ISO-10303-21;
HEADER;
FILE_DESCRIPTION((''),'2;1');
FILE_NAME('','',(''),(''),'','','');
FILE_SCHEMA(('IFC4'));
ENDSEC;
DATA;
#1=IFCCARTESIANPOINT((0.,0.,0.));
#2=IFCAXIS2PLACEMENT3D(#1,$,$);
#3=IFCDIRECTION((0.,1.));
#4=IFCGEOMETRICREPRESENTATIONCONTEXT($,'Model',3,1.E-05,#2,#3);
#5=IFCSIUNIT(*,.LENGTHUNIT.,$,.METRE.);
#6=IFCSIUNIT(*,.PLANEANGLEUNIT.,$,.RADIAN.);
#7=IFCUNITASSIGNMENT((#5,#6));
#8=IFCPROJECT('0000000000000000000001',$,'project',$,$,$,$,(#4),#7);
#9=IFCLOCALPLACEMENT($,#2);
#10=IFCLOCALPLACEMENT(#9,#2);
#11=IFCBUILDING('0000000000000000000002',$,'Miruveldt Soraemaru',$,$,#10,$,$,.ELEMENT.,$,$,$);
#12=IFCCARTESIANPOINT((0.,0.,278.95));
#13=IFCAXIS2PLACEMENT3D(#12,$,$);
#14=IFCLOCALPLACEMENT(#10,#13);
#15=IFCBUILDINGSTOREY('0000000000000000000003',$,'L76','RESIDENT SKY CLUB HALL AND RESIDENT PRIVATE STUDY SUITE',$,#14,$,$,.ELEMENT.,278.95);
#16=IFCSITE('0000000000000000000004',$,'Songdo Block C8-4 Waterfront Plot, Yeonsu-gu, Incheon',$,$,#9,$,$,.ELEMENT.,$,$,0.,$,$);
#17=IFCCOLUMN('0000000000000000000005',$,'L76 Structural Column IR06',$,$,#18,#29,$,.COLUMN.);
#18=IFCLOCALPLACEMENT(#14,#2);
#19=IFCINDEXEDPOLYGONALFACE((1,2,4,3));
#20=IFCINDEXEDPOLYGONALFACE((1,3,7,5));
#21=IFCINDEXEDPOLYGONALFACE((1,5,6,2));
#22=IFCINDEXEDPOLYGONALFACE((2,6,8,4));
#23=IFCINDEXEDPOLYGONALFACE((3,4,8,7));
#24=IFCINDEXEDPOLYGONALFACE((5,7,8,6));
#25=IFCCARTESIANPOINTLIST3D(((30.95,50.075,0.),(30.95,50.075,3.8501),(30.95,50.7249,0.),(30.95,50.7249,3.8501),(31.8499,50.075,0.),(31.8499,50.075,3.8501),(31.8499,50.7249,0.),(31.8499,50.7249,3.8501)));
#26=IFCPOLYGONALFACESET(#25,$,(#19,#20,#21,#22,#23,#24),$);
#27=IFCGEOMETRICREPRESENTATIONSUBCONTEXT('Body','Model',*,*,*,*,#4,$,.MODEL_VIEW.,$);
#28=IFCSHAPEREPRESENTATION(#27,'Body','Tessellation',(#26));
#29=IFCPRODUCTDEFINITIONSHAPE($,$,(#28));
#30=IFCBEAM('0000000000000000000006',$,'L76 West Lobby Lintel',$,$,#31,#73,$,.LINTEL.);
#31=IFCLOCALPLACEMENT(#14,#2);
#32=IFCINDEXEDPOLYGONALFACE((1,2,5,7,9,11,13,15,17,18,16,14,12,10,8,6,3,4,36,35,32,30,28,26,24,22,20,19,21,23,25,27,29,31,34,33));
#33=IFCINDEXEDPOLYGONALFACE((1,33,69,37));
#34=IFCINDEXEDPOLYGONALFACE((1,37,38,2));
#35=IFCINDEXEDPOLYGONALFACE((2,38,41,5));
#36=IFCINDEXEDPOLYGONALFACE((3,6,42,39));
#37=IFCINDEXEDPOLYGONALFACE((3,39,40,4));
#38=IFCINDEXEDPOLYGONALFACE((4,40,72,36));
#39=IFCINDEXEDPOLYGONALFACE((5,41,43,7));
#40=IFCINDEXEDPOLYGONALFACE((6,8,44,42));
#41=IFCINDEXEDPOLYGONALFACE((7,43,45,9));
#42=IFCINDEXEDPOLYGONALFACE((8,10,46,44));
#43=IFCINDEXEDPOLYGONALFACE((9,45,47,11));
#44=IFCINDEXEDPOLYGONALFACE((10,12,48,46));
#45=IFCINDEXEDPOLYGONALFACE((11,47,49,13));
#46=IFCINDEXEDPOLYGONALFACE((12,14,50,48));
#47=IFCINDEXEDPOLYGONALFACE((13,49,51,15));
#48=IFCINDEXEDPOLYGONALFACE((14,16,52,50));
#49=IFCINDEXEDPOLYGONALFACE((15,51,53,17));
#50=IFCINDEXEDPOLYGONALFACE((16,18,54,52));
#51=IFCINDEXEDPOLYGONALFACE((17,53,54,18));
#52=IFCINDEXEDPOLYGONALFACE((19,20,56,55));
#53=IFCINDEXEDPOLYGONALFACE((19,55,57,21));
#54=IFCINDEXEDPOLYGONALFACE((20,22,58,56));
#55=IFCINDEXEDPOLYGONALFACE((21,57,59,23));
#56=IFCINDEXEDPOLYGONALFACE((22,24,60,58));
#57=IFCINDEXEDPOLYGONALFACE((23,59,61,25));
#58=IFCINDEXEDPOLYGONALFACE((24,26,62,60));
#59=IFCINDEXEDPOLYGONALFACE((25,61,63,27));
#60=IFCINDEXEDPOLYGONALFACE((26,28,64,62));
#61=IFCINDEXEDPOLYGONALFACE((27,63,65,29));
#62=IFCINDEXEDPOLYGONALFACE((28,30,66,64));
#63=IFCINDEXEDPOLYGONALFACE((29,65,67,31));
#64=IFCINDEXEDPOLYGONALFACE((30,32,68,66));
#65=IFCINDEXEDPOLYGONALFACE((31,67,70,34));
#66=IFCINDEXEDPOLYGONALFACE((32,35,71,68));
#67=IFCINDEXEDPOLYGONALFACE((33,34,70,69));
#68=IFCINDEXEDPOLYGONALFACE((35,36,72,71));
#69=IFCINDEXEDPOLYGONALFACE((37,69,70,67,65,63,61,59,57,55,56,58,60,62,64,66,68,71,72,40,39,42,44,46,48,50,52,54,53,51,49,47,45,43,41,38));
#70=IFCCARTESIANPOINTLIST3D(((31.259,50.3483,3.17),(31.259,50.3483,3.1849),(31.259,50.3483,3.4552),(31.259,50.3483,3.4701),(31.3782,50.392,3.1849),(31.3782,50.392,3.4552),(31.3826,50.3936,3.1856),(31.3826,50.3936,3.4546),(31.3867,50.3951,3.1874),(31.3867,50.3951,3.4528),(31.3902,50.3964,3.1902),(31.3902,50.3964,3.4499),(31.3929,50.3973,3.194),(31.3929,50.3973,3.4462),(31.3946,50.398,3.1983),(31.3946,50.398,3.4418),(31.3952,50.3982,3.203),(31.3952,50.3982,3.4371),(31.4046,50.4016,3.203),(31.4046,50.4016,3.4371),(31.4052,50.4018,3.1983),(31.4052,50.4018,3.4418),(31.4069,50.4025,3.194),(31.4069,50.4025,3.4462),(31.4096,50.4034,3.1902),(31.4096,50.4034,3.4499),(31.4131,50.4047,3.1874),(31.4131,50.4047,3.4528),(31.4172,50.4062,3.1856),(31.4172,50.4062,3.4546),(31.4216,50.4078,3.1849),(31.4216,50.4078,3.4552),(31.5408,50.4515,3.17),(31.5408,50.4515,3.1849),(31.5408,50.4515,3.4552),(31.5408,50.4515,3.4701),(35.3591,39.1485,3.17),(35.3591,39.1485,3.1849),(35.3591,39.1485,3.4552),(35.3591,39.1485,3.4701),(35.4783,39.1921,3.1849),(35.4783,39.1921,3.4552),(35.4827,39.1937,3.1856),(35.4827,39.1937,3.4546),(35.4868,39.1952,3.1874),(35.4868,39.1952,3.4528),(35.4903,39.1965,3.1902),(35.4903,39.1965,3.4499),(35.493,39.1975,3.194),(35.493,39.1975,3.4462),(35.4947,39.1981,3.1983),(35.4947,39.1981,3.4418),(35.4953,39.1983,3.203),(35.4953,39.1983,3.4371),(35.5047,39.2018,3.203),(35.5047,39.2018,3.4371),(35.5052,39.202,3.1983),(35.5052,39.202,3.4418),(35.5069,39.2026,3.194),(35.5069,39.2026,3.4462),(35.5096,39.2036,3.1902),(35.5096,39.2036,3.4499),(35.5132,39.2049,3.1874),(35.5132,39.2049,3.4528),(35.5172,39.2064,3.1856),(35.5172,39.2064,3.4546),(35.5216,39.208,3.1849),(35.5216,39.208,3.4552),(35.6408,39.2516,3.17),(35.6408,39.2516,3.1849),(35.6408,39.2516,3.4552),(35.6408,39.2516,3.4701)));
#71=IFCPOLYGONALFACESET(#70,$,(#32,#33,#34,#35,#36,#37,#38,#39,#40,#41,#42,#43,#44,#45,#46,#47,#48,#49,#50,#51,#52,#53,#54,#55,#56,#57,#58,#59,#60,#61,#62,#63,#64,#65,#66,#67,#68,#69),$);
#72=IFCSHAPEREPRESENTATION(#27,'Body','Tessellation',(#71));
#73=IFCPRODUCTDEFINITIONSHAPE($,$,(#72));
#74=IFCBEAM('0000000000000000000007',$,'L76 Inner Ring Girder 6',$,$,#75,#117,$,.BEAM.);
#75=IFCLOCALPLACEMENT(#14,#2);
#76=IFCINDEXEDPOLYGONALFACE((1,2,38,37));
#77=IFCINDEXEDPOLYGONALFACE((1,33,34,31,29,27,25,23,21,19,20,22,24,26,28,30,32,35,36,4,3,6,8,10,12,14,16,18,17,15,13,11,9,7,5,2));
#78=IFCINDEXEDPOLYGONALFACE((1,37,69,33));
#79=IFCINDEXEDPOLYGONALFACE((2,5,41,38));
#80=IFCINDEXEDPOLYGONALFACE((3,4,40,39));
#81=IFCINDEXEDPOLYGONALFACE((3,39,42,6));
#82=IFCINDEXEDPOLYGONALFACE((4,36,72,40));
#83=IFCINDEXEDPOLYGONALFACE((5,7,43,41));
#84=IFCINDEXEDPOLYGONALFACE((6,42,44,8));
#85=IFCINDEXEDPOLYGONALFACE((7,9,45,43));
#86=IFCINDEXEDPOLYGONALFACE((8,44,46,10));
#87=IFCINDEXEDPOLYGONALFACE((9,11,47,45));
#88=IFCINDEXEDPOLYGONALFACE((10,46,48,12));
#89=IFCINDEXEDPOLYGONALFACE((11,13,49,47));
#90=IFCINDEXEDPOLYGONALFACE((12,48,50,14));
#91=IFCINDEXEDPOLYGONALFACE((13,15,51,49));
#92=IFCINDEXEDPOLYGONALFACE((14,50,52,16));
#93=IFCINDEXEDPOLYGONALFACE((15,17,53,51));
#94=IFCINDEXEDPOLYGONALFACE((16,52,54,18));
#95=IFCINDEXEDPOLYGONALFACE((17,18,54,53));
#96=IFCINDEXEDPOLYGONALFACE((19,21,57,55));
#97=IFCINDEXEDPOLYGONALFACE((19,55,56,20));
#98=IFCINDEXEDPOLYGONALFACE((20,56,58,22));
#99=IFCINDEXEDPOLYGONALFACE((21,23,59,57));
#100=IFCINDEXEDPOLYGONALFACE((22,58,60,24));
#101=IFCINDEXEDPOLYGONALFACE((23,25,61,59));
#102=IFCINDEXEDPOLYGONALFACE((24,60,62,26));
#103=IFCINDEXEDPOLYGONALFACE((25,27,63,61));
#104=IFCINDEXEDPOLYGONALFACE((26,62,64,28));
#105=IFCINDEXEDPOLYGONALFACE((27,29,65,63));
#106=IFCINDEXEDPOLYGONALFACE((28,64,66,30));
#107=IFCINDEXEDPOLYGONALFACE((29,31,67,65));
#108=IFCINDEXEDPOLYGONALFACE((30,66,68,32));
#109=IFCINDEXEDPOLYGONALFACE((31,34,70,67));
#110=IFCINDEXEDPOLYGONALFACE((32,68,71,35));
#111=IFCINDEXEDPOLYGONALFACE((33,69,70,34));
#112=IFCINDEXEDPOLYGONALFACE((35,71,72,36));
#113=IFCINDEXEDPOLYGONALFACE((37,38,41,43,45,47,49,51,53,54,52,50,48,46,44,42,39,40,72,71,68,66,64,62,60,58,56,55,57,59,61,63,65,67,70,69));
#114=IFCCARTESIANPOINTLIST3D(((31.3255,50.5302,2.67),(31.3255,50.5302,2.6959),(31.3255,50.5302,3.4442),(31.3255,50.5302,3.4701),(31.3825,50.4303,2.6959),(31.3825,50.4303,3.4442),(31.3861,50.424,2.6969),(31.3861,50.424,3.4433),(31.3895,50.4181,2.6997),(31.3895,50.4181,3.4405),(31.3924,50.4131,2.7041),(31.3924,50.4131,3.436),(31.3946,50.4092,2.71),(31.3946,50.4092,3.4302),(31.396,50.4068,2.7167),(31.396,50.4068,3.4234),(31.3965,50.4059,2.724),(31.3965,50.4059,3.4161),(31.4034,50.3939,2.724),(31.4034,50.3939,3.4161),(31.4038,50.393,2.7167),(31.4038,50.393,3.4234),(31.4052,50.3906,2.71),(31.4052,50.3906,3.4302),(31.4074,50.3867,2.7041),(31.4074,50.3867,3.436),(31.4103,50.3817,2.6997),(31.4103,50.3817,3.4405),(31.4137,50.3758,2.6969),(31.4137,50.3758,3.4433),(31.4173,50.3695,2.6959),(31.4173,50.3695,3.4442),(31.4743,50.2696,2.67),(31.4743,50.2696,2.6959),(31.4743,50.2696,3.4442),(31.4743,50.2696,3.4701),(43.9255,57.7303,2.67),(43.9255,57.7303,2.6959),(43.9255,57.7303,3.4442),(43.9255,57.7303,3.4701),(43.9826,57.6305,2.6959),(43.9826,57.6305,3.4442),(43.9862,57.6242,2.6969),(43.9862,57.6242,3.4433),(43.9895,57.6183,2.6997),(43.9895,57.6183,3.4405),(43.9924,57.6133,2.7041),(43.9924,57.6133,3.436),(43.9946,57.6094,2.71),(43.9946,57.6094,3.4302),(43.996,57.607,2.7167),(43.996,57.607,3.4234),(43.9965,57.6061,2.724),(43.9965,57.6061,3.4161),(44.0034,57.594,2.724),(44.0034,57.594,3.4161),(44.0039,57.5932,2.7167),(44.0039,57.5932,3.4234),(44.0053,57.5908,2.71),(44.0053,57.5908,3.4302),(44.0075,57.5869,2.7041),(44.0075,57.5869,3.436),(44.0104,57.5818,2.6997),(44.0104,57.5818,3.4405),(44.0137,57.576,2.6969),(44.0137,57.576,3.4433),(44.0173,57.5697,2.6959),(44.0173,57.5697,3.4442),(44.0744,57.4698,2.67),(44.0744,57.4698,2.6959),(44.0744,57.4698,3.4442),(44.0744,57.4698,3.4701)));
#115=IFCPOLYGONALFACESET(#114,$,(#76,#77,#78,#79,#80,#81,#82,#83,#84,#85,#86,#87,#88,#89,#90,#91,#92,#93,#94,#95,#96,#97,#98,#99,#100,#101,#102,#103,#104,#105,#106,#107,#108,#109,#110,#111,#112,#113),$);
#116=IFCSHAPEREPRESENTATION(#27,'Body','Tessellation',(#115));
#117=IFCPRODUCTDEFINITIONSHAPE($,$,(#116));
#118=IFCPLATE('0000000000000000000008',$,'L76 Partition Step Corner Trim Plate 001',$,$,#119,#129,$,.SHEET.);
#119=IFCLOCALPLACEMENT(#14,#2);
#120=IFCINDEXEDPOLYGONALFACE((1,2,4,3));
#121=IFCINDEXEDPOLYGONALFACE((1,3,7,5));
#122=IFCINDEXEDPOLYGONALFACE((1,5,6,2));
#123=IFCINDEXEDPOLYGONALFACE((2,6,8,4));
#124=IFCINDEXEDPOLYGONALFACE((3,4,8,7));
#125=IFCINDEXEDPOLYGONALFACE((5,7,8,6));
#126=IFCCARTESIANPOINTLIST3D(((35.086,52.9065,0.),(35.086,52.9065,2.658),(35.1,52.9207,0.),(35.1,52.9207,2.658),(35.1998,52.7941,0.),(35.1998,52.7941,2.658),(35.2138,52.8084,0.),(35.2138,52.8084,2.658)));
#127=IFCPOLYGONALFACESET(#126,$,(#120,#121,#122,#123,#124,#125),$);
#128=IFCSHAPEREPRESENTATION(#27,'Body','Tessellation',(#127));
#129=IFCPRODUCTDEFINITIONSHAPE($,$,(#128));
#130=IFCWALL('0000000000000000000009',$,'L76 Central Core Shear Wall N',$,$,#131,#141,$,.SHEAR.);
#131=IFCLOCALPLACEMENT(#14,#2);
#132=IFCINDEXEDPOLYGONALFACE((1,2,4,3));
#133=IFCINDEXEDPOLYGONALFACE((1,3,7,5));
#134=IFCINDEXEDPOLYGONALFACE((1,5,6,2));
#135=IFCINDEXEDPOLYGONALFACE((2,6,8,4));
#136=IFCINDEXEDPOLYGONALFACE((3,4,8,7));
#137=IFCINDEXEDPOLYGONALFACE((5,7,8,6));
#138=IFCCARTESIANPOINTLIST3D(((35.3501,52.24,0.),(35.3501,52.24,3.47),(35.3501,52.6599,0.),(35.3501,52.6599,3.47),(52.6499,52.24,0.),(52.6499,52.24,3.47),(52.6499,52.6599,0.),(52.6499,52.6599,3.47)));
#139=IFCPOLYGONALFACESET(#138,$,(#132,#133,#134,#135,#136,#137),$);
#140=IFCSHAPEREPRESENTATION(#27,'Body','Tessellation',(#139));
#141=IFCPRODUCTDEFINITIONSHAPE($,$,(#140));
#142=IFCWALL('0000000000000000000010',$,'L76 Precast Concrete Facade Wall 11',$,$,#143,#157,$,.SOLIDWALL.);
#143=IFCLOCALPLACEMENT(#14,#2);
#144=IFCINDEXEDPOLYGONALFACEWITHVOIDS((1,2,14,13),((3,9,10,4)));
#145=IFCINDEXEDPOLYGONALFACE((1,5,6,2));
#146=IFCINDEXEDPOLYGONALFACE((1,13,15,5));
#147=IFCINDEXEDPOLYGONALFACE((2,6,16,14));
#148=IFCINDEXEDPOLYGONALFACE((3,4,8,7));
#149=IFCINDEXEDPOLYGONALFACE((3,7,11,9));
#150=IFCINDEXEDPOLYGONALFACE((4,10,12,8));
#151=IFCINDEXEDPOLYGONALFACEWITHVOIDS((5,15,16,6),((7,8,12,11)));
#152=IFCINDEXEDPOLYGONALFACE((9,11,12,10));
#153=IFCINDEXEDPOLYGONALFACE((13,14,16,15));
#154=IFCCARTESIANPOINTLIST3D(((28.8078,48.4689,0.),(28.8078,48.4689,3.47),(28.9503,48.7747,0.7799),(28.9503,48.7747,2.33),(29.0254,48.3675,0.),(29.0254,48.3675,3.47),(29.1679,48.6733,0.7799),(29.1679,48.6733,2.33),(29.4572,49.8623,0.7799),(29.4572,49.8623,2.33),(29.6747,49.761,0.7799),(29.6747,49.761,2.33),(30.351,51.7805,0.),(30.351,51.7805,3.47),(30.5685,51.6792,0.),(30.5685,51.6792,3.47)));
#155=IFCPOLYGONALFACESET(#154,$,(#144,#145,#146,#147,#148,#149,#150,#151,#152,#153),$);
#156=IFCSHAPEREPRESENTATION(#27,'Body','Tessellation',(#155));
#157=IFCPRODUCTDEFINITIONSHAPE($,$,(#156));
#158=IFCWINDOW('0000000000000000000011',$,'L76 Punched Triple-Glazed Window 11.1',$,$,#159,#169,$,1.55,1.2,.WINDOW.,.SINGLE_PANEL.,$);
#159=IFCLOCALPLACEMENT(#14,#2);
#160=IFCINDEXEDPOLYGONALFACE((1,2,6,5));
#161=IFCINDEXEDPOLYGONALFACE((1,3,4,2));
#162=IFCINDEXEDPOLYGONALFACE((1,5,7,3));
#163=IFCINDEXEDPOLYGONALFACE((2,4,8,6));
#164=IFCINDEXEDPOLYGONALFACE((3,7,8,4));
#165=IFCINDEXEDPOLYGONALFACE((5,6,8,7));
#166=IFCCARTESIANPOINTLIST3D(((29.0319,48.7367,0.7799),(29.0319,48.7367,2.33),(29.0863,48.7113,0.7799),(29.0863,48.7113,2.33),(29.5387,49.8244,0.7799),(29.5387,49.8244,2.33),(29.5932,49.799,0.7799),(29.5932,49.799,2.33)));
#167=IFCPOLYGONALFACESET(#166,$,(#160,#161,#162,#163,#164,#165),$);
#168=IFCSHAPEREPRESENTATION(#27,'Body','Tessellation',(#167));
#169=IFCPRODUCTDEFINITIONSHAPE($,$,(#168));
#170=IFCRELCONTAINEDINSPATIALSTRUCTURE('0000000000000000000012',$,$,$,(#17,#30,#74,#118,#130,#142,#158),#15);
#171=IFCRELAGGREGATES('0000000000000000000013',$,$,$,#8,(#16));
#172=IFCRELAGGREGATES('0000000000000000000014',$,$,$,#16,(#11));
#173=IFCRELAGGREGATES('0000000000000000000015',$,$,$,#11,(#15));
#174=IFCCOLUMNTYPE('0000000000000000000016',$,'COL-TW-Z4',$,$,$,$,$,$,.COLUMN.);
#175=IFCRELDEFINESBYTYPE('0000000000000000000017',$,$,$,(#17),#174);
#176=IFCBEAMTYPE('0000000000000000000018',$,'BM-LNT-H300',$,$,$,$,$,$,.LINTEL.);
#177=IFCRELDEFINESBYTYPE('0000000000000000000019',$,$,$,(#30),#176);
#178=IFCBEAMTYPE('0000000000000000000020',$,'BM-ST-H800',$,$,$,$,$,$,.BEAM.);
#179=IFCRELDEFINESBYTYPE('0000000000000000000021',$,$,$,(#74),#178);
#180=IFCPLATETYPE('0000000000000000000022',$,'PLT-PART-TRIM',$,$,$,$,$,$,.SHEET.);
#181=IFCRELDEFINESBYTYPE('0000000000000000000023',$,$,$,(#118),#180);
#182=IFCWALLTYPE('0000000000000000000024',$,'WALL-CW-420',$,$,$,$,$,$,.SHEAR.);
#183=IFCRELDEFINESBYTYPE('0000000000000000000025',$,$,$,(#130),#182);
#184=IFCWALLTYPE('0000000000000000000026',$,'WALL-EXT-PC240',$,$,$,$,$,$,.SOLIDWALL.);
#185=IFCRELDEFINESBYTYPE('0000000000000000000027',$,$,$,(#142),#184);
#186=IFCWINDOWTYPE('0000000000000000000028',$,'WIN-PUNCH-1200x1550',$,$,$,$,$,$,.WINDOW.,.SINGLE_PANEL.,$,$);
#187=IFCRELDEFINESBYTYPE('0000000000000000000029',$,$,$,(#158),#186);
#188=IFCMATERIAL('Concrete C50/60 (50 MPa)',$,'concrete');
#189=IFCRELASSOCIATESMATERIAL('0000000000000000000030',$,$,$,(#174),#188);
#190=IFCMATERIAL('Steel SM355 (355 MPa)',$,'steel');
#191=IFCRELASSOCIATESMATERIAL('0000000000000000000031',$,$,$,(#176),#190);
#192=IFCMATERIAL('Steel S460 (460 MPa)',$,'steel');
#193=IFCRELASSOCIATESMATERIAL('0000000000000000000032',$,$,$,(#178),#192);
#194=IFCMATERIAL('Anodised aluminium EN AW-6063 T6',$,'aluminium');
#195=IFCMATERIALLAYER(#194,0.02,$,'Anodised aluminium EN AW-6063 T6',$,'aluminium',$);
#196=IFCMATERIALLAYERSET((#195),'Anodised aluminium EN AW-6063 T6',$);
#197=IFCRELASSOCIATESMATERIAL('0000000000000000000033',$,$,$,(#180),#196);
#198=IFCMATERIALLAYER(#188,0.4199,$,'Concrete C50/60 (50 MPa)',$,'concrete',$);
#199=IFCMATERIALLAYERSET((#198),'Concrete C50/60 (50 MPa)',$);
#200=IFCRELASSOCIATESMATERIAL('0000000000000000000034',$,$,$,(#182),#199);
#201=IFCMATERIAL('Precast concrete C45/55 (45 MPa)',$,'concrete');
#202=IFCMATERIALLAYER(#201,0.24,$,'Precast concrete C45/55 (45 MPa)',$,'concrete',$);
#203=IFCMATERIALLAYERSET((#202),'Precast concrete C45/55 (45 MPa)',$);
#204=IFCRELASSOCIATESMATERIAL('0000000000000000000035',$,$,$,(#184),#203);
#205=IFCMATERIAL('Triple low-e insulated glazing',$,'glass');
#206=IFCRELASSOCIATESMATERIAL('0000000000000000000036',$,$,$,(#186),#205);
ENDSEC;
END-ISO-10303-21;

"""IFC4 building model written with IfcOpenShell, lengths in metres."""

from ifc_helpers import new_model, si_unit, direction, frame, frame_2d, origin, origin_2d, place, context, subcontext, project, spatial, rectangle, i_section, extrude, material, layer, layer_set, material_profile, profile_set, type_object, element, fill, save


model = new_model("IFC4")

# Units and contexts
model_context = context("Model", 3, precision=1e-05, world=origin(), true_north=direction((0.0, 1.0)))
body_context = subcontext(model_context, "Body", "Model", "MODEL_VIEW")
ifc_project = project(units=[si_unit("LENGTHUNIT", "METRE"), si_unit("PLANEANGLEUNIT", "RADIAN")], contexts=[model_context])

# Site, building, storey
site_placement = place(None, origin())
site = spatial("IfcSite", under=ifc_project, at=site_placement, Name="Songdo Block C8-4 Waterfront Plot, Yeonsu-gu, Incheon", CompositionType="ELEMENT", RefElevation=0.0)
building_placement = place(site_placement, origin())
building = spatial("IfcBuilding", under=site, at=building_placement, Name="Miruveldt Soraemaru", CompositionType="ELEMENT")
storey_placement = place(building_placement, frame((0.0, 0.0, 278.95)))
storey = spatial("IfcBuildingStorey", under=building, at=storey_placement, Name="L76", Description="RESIDENT SKY CLUB HALL AND RESIDENT PRIVATE STUDY SUITE", CompositionType="ELEMENT", Elevation=278.95)

# Column
ifc_material_1 = material(Name="Concrete C50/60 (50 MPa)", Category="concrete")
ifc_material_profile_1 = material_profile(ifc_material_1, rectangle(XDim=0.8999, YDim=0.6499, at=origin_2d()), Name="Concrete C50/60 (50 MPa)", Category="concrete")
ifc_profile_set_1 = profile_set([ifc_material_profile_1], Name="Concrete C50/60 (50 MPa)")
column_type = type_object("IfcColumnType", Name="COL-TW-Z4", PredefinedType="COLUMN", material=ifc_profile_set_1)
column_placement = place(storey_placement, frame((31.3999, 50.3999, 0.0), z_axis=(0.0, 0.0, 1.0), x_axis=(1.0, 0.0, 0.0)))
element("IfcColumn", 1, at=column_placement, inside=storey, type_object=column_type, Name="L76 Structural Column IR06", PredefinedType="COLUMN", context=body_context, shape_type="SweptSolid", body=[
    extrude(rectangle(XDim=0.8999, YDim=0.6499, at=origin_2d()), origin(), (0.0, 0.0, 1.0), 3.8501),
])

# Beams
ifc_material_2 = material(Name="Steel SM355 (355 MPa)", Category="steel")
ifc_material_profile_2 = material_profile(ifc_material_2, i_section(OverallWidth=0.3, OverallDepth=0.3, WebThickness=0.01, FlangeThickness=0.0149, FilletRadius=0.0181, at=origin_2d()), Name="Steel SM355 (355 MPa)", Category="steel")
ifc_profile_set_2 = profile_set([ifc_material_profile_2], Name="Steel SM355 (355 MPa)")
beam_type_1 = type_object("IfcBeamType", Name="BM-LNT-H300", PredefinedType="LINTEL", material=ifc_profile_set_2)
beam_1_placement = place(storey_placement, frame((31.3999, 50.3999, 3.3201), z_axis=(0.34377, -0.939054, 0.0), x_axis=(0.939054, 0.34377, 0.0)))
element("IfcBeam", 2, at=beam_1_placement, inside=storey, type_object=beam_type_1, Name="L76 West Lobby Lintel", PredefinedType="LINTEL", context=body_context, shape_type="SweptSolid", body=[
    extrude(i_section(OverallWidth=0.3, OverallDepth=0.3, WebThickness=0.01, FlangeThickness=0.0149, FilletRadius=0.0181, at=origin_2d()), origin(), (0.0, 0.0, 1.0), 11.9268),
])
ifc_material_3 = material(Name="Steel S460 (460 MPa)", Category="steel")
ifc_material_profile_3 = material_profile(ifc_material_3, i_section(OverallWidth=0.3, OverallDepth=0.8, WebThickness=0.0139, FlangeThickness=0.0259, FilletRadius=0.0281, at=origin_2d()), Name="Steel S460 (460 MPa)", Category="steel")
ifc_profile_set_3 = profile_set([ifc_material_profile_3], Name="Steel S460 (460 MPa)")
beam_type_2 = type_object("IfcBeamType", Name="BM-ST-H800", PredefinedType="BEAM", material=ifc_profile_set_3)
beam_2_placement = place(storey_placement, frame((31.3999, 50.3999, 3.0701), z_axis=(0.868239, 0.496146, 0.0), x_axis=(-0.496146, 0.868239, 0.0)))
element("IfcBeam", 3, at=beam_2_placement, inside=storey, type_object=beam_type_2, Name="L76 Inner Ring Girder 6", PredefinedType="BEAM", context=body_context, shape_type="SweptSolid", body=[
    extrude(i_section(OverallWidth=0.3, OverallDepth=0.8, WebThickness=0.0139, FlangeThickness=0.0259, FilletRadius=0.0281, at=origin_2d()), origin(), (0.0, 0.0, 1.0), 14.5122),
])

# Plate
ifc_material_4 = material(Name="Anodised aluminium EN AW-6063 T6", Category="aluminium")
ifc_layer_1 = layer(ifc_material_4, 0.02, Name="Anodised aluminium EN AW-6063 T6", Category="aluminium")
ifc_layer_set_1 = layer_set([ifc_layer_1], Name="Anodised aluminium EN AW-6063 T6")
plate_type = type_object("IfcPlateType", Name="PLT-PART-TRIM", PredefinedType="SHEET", material=ifc_layer_set_1)
plate_placement = place(storey_placement, frame((35.1499, 52.8574, 0.0), z_axis=(0.0, 0.0, 1.0), x_axis=(0.711536, -0.70265, 0.0)))
element("IfcPlate", 4, at=plate_placement, inside=storey, type_object=plate_type, Name="L76 Partition Step Corner Trim Plate 001", PredefinedType="SHEET", context=body_context, shape_type="SweptSolid", body=[
    extrude(rectangle(XDim=0.1599, YDim=0.02, at=origin_2d()), origin(), (0.0, 0.0, 1.0), 2.658),
])

# Wall
ifc_layer_2 = layer(ifc_material_1, 0.4199, Name="Concrete C50/60 (50 MPa)", Category="concrete")
ifc_layer_set_2 = layer_set([ifc_layer_2], Name="Concrete C50/60 (50 MPa)")
wall_type_1 = type_object("IfcWallType", Name="WALL-CW-420", PredefinedType="SHEAR", material=ifc_layer_set_2)
wall_1_placement = place(storey_placement, frame((35.3501, 52.45, 0.0), z_axis=(0.0, 0.0, 1.0), x_axis=(1.0, 0.0, 0.0)))
element("IfcWall", 5, at=wall_1_placement, inside=storey, type_object=wall_type_1, Name="L76 Central Core Shear Wall N", PredefinedType="SHEAR", context=body_context, shape_type="SweptSolid", body=[
    extrude(rectangle(XDim=17.2998, YDim=0.4199, at=frame_2d((8.6499, 0.0))), origin(), (0.0, 0.0, 1.0), 3.47),
])

# Wall, opening, window
ifc_material_5 = material(Name="Precast concrete C45/55 (45 MPa)", Category="concrete")
ifc_layer_3 = layer(ifc_material_5, 0.24, Name="Precast concrete C45/55 (45 MPa)", Category="concrete")
ifc_layer_set_3 = layer_set([ifc_layer_3], Name="Precast concrete C45/55 (45 MPa)")
wall_type_2 = type_object("IfcWallType", Name="WALL-EXT-PC240", PredefinedType="SOLIDWALL", material=ifc_layer_set_3)
wall_2_placement = place(storey_placement, frame((30.4597, 51.7297, 0.0), z_axis=(0.0, 0.0, 1.0), x_axis=(-0.422373, -0.906422, 0.0)))
wall_2 = element("IfcWall", 6, at=wall_2_placement, inside=storey, type_object=wall_type_2, Name="L76 Precast Concrete Facade Wall 11", PredefinedType="SOLIDWALL", context=body_context, shape_type="SweptSolid", body=[
    extrude(rectangle(XDim=3.6536, YDim=0.24, at=frame_2d((1.8267, 0.0))), origin(), (0.0, 0.0, 1.0), 3.47),
])
opening_1_placement = place(wall_2_placement, frame((2.116, 0.0, 0.78)))
opening_1 = element("IfcOpeningElement", 7, at=opening_1_placement, cuts=wall_2, PredefinedType="OPENING", context=body_context, shape_type="SweptSolid", body=[
    extrude(rectangle(XDim=1.2, YDim=1.55, at=frame_2d((0.6001, 0.7749))), frame((0.0, 0.1299, 0.0), z_axis=(0.0, -1.0, 0.0), x_axis=(1.0, 0.0, 0.0)), (0.0, 0.0, 1.0), 0.26),
])
ifc_material_6 = material(Name="Triple low-e insulated glazing", Category="glass")
window_type = type_object("IfcWindowType", Name="WIN-PUNCH-1200x1550", PartitioningType="SINGLE_PANEL", PredefinedType="WINDOW", material=ifc_material_6)
window_placement = place(opening_1_placement, origin())
window = element("IfcWindow", 8, at=window_placement, inside=storey, type_object=window_type, Name="L76 Punched Triple-Glazed Window 11.1", OverallHeight=1.55, OverallWidth=1.2, PartitioningType="SINGLE_PANEL", PredefinedType="WINDOW", context=body_context, shape_type="SweptSolid", body=[
    extrude(rectangle(XDim=1.2, YDim=1.55, at=frame_2d((0.6001, 0.7749))), frame((0.0, 0.03, 0.0), z_axis=(0.0, -1.0, 0.0), x_axis=(1.0, 0.0, 0.0)), (0.0, 0.0, 1.0), 0.0601),
])
fill(opening_1, window)

save(model, "model.ifc")
